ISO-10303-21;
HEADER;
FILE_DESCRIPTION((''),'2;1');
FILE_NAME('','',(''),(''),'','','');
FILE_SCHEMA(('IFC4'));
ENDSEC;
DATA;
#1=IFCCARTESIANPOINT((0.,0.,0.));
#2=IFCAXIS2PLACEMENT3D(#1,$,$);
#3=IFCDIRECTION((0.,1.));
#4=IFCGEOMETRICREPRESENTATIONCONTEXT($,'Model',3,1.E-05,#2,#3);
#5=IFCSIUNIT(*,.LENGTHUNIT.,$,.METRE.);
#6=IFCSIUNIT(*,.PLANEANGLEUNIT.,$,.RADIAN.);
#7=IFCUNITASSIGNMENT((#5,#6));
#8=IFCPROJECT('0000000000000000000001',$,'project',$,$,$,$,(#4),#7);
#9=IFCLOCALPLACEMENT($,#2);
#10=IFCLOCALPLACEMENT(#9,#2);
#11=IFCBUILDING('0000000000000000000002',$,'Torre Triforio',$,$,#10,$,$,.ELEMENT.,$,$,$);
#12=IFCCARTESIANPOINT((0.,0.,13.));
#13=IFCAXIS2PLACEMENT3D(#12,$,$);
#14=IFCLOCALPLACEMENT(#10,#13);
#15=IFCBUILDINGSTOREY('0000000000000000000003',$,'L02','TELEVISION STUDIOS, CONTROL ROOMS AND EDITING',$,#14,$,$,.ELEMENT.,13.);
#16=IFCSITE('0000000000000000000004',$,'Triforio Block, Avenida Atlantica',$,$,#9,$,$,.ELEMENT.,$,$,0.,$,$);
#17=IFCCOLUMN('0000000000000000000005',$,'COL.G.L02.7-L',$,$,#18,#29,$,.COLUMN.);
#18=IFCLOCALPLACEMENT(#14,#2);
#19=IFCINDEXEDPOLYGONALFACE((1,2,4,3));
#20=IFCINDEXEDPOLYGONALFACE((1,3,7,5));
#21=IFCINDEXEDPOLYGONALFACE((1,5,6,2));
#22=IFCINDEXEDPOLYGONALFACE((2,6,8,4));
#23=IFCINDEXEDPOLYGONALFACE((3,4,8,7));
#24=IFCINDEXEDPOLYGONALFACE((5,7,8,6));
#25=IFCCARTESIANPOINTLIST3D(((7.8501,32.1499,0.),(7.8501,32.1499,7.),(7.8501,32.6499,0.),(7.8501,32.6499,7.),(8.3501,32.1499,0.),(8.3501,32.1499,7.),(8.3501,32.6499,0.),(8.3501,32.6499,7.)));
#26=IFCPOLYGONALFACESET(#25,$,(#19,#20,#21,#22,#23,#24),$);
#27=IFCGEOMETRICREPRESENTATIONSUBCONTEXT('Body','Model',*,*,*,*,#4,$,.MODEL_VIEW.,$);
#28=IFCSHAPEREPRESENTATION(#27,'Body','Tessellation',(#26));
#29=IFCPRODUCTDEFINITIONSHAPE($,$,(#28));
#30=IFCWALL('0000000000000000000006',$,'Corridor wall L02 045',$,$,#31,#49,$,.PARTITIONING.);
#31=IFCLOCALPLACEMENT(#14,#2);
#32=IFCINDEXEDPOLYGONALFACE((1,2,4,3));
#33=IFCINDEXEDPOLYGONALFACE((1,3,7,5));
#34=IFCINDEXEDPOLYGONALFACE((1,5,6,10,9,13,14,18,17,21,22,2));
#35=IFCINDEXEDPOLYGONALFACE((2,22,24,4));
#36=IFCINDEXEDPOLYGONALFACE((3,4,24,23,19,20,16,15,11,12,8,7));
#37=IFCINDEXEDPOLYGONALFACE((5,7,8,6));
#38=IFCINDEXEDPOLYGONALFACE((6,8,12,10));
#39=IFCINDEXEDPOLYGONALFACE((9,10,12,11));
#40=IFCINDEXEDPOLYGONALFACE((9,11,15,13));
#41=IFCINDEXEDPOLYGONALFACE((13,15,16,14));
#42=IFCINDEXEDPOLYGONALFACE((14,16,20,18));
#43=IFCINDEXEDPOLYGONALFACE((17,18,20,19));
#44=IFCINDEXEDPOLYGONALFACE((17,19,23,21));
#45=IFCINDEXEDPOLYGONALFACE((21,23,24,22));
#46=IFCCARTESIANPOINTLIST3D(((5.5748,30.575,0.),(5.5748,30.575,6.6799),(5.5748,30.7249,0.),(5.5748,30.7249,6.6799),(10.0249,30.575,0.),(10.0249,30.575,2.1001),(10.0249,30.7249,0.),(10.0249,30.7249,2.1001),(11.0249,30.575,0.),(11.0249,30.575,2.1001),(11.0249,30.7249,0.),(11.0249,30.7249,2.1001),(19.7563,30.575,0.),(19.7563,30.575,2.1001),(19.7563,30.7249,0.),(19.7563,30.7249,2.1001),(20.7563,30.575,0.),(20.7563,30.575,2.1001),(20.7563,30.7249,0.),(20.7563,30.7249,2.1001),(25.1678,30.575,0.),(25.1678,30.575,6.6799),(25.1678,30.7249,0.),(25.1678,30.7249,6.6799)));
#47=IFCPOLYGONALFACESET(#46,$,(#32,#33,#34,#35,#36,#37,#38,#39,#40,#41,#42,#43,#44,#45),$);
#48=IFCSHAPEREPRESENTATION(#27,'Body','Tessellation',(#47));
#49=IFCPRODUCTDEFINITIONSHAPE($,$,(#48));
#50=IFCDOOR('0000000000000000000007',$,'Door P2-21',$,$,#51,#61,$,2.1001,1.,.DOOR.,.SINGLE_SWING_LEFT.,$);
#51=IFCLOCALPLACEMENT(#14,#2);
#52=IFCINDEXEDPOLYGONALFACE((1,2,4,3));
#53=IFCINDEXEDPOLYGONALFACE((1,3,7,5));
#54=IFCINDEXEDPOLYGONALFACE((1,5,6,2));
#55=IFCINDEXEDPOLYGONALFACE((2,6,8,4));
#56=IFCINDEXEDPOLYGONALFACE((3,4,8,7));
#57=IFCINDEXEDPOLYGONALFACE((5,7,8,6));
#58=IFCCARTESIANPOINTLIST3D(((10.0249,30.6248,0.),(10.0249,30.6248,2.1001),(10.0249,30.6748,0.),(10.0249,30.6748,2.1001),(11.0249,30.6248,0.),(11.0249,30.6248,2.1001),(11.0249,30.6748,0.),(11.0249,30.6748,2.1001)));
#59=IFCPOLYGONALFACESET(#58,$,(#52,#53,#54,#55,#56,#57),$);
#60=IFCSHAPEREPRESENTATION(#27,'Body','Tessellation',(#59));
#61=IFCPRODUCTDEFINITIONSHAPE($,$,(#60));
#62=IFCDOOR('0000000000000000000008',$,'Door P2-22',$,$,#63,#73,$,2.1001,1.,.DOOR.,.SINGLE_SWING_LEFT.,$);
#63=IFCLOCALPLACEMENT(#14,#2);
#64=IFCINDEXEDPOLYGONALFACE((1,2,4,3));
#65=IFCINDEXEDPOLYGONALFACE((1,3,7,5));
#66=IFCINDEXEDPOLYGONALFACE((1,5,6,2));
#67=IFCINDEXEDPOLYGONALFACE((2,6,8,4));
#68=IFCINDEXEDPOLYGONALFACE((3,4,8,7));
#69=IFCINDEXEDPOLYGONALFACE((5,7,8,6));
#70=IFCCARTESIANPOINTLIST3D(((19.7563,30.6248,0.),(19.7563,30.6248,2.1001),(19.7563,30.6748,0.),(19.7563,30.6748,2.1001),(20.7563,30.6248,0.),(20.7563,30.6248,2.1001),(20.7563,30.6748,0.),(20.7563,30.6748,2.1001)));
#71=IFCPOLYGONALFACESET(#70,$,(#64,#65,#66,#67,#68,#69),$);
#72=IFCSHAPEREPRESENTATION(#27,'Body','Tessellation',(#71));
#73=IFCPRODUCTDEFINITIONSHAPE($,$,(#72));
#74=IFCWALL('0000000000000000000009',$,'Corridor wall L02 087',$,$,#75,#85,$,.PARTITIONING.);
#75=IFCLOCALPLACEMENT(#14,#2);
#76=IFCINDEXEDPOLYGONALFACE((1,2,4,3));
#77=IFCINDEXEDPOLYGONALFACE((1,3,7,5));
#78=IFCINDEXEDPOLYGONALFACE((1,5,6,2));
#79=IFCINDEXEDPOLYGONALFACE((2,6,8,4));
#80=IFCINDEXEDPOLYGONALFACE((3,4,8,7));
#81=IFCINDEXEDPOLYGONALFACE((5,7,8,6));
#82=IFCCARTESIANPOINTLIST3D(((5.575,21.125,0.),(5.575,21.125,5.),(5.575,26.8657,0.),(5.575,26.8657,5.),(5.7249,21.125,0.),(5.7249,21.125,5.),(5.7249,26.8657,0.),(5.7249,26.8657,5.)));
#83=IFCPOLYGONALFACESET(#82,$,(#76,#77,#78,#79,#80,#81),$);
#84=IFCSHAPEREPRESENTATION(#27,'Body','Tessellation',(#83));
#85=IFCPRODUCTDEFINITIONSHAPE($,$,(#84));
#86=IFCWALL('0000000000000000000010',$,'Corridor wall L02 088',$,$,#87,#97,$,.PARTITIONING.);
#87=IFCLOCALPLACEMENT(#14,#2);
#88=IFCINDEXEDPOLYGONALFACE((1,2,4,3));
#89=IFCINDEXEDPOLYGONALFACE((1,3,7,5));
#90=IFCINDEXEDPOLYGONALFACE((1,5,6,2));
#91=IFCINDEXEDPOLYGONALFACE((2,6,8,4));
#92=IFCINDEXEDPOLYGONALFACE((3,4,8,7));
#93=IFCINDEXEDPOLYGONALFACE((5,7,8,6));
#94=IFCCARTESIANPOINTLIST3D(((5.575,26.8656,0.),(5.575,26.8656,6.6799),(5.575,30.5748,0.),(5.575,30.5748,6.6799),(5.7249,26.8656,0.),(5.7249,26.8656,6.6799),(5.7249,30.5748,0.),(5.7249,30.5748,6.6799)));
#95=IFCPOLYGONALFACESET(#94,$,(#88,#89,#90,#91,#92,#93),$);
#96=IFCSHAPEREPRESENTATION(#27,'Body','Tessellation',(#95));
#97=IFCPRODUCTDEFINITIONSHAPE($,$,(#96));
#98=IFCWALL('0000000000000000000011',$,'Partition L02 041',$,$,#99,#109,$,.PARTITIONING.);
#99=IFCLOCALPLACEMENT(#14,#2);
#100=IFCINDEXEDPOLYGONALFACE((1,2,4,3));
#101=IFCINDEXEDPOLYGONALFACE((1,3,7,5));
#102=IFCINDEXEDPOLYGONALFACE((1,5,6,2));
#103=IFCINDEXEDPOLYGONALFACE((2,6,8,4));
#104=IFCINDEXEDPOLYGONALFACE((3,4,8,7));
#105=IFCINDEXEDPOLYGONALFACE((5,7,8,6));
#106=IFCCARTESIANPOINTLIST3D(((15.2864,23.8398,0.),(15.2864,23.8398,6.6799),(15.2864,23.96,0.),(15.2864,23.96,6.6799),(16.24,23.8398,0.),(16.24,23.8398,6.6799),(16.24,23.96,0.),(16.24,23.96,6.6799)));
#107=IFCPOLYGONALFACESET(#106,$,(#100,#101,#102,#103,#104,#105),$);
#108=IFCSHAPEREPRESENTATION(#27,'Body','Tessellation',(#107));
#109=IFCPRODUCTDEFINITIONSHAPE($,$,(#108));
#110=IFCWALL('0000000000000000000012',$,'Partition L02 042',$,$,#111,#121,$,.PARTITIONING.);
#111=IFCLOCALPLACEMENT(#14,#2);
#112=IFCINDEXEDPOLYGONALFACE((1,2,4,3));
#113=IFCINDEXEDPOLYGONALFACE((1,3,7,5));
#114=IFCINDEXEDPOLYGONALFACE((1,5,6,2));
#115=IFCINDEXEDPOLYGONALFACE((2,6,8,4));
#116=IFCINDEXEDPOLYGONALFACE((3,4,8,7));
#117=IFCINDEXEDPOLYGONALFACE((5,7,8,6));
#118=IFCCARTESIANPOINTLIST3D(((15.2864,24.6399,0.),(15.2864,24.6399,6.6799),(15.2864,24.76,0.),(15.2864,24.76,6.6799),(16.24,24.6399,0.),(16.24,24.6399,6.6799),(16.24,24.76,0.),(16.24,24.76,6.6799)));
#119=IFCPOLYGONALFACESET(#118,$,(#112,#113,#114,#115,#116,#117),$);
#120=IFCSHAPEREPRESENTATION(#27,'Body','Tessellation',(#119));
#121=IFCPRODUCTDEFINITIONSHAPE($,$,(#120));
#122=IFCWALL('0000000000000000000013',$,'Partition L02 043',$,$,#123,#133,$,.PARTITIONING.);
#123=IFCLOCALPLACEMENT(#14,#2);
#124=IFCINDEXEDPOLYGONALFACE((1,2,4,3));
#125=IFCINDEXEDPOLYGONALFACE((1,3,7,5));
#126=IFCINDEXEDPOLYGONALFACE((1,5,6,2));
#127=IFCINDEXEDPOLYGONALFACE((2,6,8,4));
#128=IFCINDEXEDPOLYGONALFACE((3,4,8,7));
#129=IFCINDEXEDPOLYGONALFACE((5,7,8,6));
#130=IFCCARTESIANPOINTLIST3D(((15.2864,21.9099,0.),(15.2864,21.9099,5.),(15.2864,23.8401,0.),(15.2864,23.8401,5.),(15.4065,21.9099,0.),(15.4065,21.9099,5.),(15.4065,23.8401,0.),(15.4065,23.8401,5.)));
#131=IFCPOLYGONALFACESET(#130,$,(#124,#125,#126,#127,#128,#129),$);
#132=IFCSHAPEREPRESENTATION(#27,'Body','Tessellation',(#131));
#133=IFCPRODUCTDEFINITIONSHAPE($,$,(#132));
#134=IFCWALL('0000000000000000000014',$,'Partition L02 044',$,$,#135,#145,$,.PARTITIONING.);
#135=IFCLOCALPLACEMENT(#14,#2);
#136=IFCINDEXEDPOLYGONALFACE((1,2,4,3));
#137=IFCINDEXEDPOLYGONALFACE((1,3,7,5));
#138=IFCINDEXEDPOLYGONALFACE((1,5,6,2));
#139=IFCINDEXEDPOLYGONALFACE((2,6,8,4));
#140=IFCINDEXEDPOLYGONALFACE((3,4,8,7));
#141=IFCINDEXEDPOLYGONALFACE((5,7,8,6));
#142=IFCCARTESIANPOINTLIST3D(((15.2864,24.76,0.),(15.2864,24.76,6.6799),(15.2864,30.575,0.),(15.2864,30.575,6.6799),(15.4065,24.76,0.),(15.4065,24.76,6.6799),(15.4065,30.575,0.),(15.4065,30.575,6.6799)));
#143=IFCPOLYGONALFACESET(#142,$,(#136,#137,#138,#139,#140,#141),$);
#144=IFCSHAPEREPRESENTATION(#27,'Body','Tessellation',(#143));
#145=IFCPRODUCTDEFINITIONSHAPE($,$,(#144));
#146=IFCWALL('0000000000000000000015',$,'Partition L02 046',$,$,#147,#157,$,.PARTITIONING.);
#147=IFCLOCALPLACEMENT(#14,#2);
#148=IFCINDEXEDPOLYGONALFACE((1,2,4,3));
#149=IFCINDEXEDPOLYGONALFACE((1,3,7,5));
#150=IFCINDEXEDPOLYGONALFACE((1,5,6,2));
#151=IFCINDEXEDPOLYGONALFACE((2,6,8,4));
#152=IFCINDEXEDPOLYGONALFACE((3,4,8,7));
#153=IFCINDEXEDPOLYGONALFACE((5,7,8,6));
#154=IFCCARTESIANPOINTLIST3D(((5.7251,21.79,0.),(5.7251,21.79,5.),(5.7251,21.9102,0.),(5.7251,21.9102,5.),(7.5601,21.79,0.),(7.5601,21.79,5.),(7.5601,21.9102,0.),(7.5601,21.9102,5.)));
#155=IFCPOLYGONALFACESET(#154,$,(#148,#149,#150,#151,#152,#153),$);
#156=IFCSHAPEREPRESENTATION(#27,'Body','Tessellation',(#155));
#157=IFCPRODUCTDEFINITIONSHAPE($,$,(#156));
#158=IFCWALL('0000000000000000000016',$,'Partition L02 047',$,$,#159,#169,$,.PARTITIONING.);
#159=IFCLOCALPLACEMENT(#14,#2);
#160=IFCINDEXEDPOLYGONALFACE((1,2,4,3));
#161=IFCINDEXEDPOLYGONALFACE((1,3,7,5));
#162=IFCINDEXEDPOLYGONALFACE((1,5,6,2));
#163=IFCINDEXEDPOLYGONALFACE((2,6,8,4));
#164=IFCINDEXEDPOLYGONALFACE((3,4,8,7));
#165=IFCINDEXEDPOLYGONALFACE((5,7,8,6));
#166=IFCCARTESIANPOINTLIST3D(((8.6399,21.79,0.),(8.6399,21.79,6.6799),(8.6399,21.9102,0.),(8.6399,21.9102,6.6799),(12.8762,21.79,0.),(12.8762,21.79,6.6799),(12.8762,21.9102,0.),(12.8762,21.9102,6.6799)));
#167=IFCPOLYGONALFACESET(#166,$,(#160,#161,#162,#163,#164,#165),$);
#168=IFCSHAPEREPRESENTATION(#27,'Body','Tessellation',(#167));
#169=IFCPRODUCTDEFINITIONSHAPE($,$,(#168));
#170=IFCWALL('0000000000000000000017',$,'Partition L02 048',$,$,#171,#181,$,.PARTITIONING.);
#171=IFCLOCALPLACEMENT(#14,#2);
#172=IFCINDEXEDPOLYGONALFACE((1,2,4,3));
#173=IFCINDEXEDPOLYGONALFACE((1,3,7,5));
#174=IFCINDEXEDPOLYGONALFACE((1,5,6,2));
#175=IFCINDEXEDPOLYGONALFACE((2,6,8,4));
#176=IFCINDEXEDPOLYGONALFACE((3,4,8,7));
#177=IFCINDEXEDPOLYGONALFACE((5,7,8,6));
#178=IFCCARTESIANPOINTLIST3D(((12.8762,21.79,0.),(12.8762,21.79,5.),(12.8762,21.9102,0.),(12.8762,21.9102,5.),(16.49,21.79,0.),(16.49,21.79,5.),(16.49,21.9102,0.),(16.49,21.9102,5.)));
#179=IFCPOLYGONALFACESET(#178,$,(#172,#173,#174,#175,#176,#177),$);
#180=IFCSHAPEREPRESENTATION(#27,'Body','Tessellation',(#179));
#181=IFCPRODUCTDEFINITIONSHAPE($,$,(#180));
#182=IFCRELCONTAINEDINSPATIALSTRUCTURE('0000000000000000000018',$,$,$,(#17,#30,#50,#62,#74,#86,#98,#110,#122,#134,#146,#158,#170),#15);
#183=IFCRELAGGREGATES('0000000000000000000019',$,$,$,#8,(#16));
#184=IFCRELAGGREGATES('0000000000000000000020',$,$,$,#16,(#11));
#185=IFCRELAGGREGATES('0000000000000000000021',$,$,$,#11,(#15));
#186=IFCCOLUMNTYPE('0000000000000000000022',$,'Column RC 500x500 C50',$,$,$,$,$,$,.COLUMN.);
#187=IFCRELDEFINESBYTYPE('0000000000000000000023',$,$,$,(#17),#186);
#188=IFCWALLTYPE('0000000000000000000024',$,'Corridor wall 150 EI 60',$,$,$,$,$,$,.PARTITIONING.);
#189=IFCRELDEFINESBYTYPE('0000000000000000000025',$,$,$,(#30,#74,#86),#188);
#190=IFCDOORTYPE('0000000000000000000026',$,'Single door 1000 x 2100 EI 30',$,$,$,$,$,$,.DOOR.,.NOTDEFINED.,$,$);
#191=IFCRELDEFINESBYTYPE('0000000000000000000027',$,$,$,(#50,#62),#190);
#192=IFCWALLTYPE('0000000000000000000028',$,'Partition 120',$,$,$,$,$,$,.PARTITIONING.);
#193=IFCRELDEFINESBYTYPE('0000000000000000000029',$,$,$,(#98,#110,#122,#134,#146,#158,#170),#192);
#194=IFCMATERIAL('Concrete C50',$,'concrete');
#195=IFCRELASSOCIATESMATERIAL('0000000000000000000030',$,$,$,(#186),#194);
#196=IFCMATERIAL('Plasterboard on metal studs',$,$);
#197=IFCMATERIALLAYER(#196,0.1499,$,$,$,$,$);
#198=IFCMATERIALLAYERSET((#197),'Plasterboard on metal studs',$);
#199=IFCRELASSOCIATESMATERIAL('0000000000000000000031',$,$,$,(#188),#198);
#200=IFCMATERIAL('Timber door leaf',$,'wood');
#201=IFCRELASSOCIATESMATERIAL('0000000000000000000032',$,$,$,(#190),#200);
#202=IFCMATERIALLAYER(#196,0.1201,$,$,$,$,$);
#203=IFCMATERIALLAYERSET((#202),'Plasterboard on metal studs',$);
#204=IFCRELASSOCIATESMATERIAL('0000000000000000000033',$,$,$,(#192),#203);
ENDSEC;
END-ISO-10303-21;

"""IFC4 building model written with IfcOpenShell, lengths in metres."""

from ifc_helpers import new_model, si_unit, direction, frame, frame_2d, origin, origin_2d, place, context, subcontext, project, spatial, rectangle, extrude, material, layer, layer_set, material_profile, profile_set, type_object, element, fill, save


model = new_model("IFC4")

# Units and contexts
model_context = context("Model", 3, precision=1e-05, world=origin(), true_north=direction((0.0, 1.0)))
body_context = subcontext(model_context, "Body", "Model", "MODEL_VIEW")
ifc_project = project(units=[si_unit("LENGTHUNIT", "METRE"), si_unit("PLANEANGLEUNIT", "RADIAN")], contexts=[model_context])

# Site, building, storey
site_placement = place(None, origin())
site = spatial("IfcSite", under=ifc_project, at=site_placement, Name="Triforio Block, Avenida Atlantica", CompositionType="ELEMENT", RefElevation=0.0)
building_placement = place(site_placement, origin())
building = spatial("IfcBuilding", under=site, at=building_placement, Name="Torre Triforio", CompositionType="ELEMENT")
storey_placement = place(building_placement, frame((0.0, 0.0, 13.0)))
storey = spatial("IfcBuildingStorey", under=building, at=storey_placement, Name="L02", Description="TELEVISION STUDIOS, CONTROL ROOMS AND EDITING", CompositionType="ELEMENT", Elevation=13.0)

# Column
ifc_material_1 = material(Name="Concrete C50", Category="concrete")
ifc_material_profile = material_profile(ifc_material_1, rectangle(XDim=0.5, YDim=0.5, at=origin_2d()), Name="RC 500x500")
ifc_profile_set = profile_set([ifc_material_profile], Name="Concrete C50")
column_type = type_object("IfcColumnType", Name="Column RC 500x500 C50", PredefinedType="COLUMN", material=ifc_profile_set)
column_placement = place(storey_placement, frame((8.1001, 32.3999, 0.0), z_axis=(0.0, 0.0, 1.0), x_axis=(1.0, 0.0, 0.0)))
element("IfcColumn", 1, at=column_placement, inside=storey, type_object=column_type, Name="COL.G.L02.7-L", PredefinedType="COLUMN", context=body_context, shape_type="SweptSolid", body=[
    extrude(rectangle(XDim=0.5, YDim=0.5, at=origin_2d()), origin(), (0.0, 0.0, 1.0), 7.0),
])

# Wall, openings, doors
ifc_material_2 = material(Name="Plasterboard on metal studs")
ifc_layer_1 = layer(ifc_material_2, 0.1499)
ifc_layer_set_1 = layer_set([ifc_layer_1], Name="Plasterboard on metal studs")
wall_type_1 = type_object("IfcWallType", Name="Corridor wall 150 EI 60", PredefinedType="PARTITIONING", material=ifc_layer_set_1)
wall_1_placement = place(storey_placement, frame((5.575, 30.6499, 0.0), z_axis=(0.0, 0.0, 1.0), x_axis=(1.0, 0.0, 0.0)))
wall_1 = element("IfcWall", 2, at=wall_1_placement, inside=storey, type_object=wall_type_1, Name="Corridor wall L02 045", PredefinedType="PARTITIONING", context=body_context, shape_type="SweptSolid", body=[
    extrude(rectangle(XDim=19.593, YDim=0.1499, at=frame_2d((9.7964, 0.0))), origin(), (0.0, 0.0, 1.0), 6.6799),
])
opening_1_placement = place(wall_1_placement, frame((4.45, 0.0, 0.0)))
opening_1 = element("IfcOpeningElement", 3, at=opening_1_placement, cuts=wall_1, PredefinedType="OPENING", context=body_context, shape_type="SweptSolid", body=[
    extrude(rectangle(XDim=1.0, YDim=2.1001, at=frame_2d((0.5, 1.05))), frame((0.0, 0.085, 0.0), z_axis=(0.0, -1.0, 0.0), x_axis=(1.0, 0.0, 0.0)), (0.0, 0.0, 1.0), 0.1699),
])
opening_2_placement = place(wall_1_placement, frame((14.1814, 0.0, 0.0)))
opening_2 = element("IfcOpeningElement", 4, at=opening_2_placement, cuts=wall_1, PredefinedType="OPENING", context=body_context, shape_type="SweptSolid", body=[
    extrude(rectangle(XDim=1.0, YDim=2.1001, at=frame_2d((0.5, 1.05))), frame((0.0, 0.085, 0.0), z_axis=(0.0, -1.0, 0.0), x_axis=(1.0, 0.0, 0.0)), (0.0, 0.0, 1.0), 0.1699),
])
ifc_material_3 = material(Name="Timber door leaf", Category="wood")
door_type_1 = type_object("IfcDoorType", Name="Single door 1000 x 2100 EI 30", OperationType="NOTDEFINED", PredefinedType="DOOR", material=ifc_material_3)
door_1_placement = place(opening_1_placement, origin())
door_1 = element("IfcDoor", 5, at=door_1_placement, inside=storey, type_object=door_type_1, Name="Door P2-21", OperationType="SINGLE_SWING_LEFT", OverallHeight=2.1001, OverallWidth=1.0, PredefinedType="DOOR", context=body_context, shape_type="SweptSolid", body=[
    extrude(rectangle(XDim=1.0, YDim=2.1001, at=frame_2d((0.5, 1.05))), frame((0.0, 0.0249, 0.0), z_axis=(0.0, -1.0, 0.0), x_axis=(1.0, 0.0, 0.0)), (0.0, 0.0, 1.0), 0.05),
])
fill(opening_1, door_1)
door_2_placement = place(opening_2_placement, origin())
door_2 = element("IfcDoor", 6, at=door_2_placement, inside=storey, type_object=door_type_1, Name="Door P2-22", OperationType="SINGLE_SWING_LEFT", OverallHeight=2.1001, OverallWidth=1.0, PredefinedType="DOOR", context=body_context, shape_type="SweptSolid", body=[
    extrude(rectangle(XDim=1.0, YDim=2.1001, at=frame_2d((0.5, 1.05))), frame((0.0, 0.0249, 0.0), z_axis=(0.0, -1.0, 0.0), x_axis=(1.0, 0.0, 0.0)), (0.0, 0.0, 1.0), 0.05),
])
fill(opening_2, door_2)

# Walls
wall_2_placement = place(storey_placement, frame((5.6499, 21.125, 0.0), z_axis=(0.0, 0.0, 1.0), x_axis=(0.0, 1.0, 0.0)))
element("IfcWall", 7, at=wall_2_placement, inside=storey, type_object=wall_type_1, Name="Corridor wall L02 087", PredefinedType="PARTITIONING", context=body_context, shape_type="SweptSolid", body=[
    extrude(rectangle(XDim=5.7407, YDim=0.1499, at=frame_2d((2.8704, 0.0))), origin(), (0.0, 0.0, 1.0), 5.0),
])
wall_3_placement = place(storey_placement, frame((5.6499, 26.8657, 0.0), z_axis=(0.0, 0.0, 1.0), x_axis=(0.0, 1.0, 0.0)))
element("IfcWall", 8, at=wall_3_placement, inside=storey, type_object=wall_type_1, Name="Corridor wall L02 088", PredefinedType="PARTITIONING", context=body_context, shape_type="SweptSolid", body=[
    extrude(rectangle(XDim=3.7092, YDim=0.1499, at=frame_2d((1.8545, 0.0))), origin(), (0.0, 0.0, 1.0), 6.6799),
])
ifc_layer_2 = layer(ifc_material_2, 0.1201)
ifc_layer_set_2 = layer_set([ifc_layer_2], Name="Plasterboard on metal studs")
wall_type_2 = type_object("IfcWallType", Name="Partition 120", PredefinedType="PARTITIONING", material=ifc_layer_set_2)
for number, where, z_axis, x_axis, name in (
    (9, (15.2864, 23.8999, 0.0), (0.0, 0.0, 1.0), (1.0, 0.0, 0.0), "Partition L02 041"),
    (10, (15.2864, 24.7, 0.0), (0.0, 0.0, 1.0), (1.0, 0.0, 0.0), "Partition L02 042"),
):
    element("IfcWall", number, at=place(storey_placement, frame(where, z_axis=z_axis, x_axis=x_axis)), inside=storey, type_object=wall_type_2, Name=name, PredefinedType="PARTITIONING", context=body_context, shape_type="SweptSolid", body=[
        extrude(rectangle(XDim=0.9536, YDim=0.1201, at=frame_2d((0.4768, 0.0))), origin(), (0.0, 0.0, 1.0), 6.6799),
    ])
wall_4_placement = place(storey_placement, frame((15.3464, 21.9099, 0.0), z_axis=(0.0, 0.0, 1.0), x_axis=(0.0, 1.0, 0.0)))
element("IfcWall", 11, at=wall_4_placement, inside=storey, type_object=wall_type_2, Name="Partition L02 043", PredefinedType="PARTITIONING", context=body_context, shape_type="SweptSolid", body=[
    extrude(rectangle(XDim=1.9302, YDim=0.1201, at=frame_2d((0.9651, 0.0))), origin(), (0.0, 0.0, 1.0), 5.0),
])
wall_5_placement = place(storey_placement, frame((15.3464, 24.76, 0.0), z_axis=(0.0, 0.0, 1.0), x_axis=(0.0, 1.0, 0.0)))
element("IfcWall", 12, at=wall_5_placement, inside=storey, type_object=wall_type_2, Name="Partition L02 044", PredefinedType="PARTITIONING", context=body_context, shape_type="SweptSolid", body=[
    extrude(rectangle(XDim=5.8149, YDim=0.1201, at=frame_2d((2.9075, 0.0))), origin(), (0.0, 0.0, 1.0), 6.6799),
])
wall_6_placement = place(storey_placement, frame((5.7251, 21.8501, 0.0), z_axis=(0.0, 0.0, 1.0), x_axis=(1.0, 0.0, 0.0)))
element("IfcWall", 13, at=wall_6_placement, inside=storey, type_object=wall_type_2, Name="Partition L02 046", PredefinedType="PARTITIONING", context=body_context, shape_type="SweptSolid", body=[
    extrude(rectangle(XDim=1.835, YDim=0.1201, at=frame_2d((0.9175, 0.0))), origin(), (0.0, 0.0, 1.0), 5.0),
])
wall_7_placement = place(storey_placement, frame((8.6399, 21.8501, 0.0), z_axis=(0.0, 0.0, 1.0), x_axis=(1.0, 0.0, 0.0)))
element("IfcWall", 14, at=wall_7_placement, inside=storey, type_object=wall_type_2, Name="Partition L02 047", PredefinedType="PARTITIONING", context=body_context, shape_type="SweptSolid", body=[
    extrude(rectangle(XDim=4.2363, YDim=0.1201, at=frame_2d((2.1182, 0.0))), origin(), (0.0, 0.0, 1.0), 6.6799),
])
wall_8_placement = place(storey_placement, frame((12.8762, 21.8501, 0.0), z_axis=(0.0, 0.0, 1.0), x_axis=(1.0, 0.0, 0.0)))
element("IfcWall", 15, at=wall_8_placement, inside=storey, type_object=wall_type_2, Name="Partition L02 048", PredefinedType="PARTITIONING", context=body_context, shape_type="SweptSolid", body=[
    extrude(rectangle(XDim=3.6138, YDim=0.1201, at=frame_2d((1.8069, 0.0))), origin(), (0.0, 0.0, 1.0), 5.0),
])

save(model, "model.ifc")
